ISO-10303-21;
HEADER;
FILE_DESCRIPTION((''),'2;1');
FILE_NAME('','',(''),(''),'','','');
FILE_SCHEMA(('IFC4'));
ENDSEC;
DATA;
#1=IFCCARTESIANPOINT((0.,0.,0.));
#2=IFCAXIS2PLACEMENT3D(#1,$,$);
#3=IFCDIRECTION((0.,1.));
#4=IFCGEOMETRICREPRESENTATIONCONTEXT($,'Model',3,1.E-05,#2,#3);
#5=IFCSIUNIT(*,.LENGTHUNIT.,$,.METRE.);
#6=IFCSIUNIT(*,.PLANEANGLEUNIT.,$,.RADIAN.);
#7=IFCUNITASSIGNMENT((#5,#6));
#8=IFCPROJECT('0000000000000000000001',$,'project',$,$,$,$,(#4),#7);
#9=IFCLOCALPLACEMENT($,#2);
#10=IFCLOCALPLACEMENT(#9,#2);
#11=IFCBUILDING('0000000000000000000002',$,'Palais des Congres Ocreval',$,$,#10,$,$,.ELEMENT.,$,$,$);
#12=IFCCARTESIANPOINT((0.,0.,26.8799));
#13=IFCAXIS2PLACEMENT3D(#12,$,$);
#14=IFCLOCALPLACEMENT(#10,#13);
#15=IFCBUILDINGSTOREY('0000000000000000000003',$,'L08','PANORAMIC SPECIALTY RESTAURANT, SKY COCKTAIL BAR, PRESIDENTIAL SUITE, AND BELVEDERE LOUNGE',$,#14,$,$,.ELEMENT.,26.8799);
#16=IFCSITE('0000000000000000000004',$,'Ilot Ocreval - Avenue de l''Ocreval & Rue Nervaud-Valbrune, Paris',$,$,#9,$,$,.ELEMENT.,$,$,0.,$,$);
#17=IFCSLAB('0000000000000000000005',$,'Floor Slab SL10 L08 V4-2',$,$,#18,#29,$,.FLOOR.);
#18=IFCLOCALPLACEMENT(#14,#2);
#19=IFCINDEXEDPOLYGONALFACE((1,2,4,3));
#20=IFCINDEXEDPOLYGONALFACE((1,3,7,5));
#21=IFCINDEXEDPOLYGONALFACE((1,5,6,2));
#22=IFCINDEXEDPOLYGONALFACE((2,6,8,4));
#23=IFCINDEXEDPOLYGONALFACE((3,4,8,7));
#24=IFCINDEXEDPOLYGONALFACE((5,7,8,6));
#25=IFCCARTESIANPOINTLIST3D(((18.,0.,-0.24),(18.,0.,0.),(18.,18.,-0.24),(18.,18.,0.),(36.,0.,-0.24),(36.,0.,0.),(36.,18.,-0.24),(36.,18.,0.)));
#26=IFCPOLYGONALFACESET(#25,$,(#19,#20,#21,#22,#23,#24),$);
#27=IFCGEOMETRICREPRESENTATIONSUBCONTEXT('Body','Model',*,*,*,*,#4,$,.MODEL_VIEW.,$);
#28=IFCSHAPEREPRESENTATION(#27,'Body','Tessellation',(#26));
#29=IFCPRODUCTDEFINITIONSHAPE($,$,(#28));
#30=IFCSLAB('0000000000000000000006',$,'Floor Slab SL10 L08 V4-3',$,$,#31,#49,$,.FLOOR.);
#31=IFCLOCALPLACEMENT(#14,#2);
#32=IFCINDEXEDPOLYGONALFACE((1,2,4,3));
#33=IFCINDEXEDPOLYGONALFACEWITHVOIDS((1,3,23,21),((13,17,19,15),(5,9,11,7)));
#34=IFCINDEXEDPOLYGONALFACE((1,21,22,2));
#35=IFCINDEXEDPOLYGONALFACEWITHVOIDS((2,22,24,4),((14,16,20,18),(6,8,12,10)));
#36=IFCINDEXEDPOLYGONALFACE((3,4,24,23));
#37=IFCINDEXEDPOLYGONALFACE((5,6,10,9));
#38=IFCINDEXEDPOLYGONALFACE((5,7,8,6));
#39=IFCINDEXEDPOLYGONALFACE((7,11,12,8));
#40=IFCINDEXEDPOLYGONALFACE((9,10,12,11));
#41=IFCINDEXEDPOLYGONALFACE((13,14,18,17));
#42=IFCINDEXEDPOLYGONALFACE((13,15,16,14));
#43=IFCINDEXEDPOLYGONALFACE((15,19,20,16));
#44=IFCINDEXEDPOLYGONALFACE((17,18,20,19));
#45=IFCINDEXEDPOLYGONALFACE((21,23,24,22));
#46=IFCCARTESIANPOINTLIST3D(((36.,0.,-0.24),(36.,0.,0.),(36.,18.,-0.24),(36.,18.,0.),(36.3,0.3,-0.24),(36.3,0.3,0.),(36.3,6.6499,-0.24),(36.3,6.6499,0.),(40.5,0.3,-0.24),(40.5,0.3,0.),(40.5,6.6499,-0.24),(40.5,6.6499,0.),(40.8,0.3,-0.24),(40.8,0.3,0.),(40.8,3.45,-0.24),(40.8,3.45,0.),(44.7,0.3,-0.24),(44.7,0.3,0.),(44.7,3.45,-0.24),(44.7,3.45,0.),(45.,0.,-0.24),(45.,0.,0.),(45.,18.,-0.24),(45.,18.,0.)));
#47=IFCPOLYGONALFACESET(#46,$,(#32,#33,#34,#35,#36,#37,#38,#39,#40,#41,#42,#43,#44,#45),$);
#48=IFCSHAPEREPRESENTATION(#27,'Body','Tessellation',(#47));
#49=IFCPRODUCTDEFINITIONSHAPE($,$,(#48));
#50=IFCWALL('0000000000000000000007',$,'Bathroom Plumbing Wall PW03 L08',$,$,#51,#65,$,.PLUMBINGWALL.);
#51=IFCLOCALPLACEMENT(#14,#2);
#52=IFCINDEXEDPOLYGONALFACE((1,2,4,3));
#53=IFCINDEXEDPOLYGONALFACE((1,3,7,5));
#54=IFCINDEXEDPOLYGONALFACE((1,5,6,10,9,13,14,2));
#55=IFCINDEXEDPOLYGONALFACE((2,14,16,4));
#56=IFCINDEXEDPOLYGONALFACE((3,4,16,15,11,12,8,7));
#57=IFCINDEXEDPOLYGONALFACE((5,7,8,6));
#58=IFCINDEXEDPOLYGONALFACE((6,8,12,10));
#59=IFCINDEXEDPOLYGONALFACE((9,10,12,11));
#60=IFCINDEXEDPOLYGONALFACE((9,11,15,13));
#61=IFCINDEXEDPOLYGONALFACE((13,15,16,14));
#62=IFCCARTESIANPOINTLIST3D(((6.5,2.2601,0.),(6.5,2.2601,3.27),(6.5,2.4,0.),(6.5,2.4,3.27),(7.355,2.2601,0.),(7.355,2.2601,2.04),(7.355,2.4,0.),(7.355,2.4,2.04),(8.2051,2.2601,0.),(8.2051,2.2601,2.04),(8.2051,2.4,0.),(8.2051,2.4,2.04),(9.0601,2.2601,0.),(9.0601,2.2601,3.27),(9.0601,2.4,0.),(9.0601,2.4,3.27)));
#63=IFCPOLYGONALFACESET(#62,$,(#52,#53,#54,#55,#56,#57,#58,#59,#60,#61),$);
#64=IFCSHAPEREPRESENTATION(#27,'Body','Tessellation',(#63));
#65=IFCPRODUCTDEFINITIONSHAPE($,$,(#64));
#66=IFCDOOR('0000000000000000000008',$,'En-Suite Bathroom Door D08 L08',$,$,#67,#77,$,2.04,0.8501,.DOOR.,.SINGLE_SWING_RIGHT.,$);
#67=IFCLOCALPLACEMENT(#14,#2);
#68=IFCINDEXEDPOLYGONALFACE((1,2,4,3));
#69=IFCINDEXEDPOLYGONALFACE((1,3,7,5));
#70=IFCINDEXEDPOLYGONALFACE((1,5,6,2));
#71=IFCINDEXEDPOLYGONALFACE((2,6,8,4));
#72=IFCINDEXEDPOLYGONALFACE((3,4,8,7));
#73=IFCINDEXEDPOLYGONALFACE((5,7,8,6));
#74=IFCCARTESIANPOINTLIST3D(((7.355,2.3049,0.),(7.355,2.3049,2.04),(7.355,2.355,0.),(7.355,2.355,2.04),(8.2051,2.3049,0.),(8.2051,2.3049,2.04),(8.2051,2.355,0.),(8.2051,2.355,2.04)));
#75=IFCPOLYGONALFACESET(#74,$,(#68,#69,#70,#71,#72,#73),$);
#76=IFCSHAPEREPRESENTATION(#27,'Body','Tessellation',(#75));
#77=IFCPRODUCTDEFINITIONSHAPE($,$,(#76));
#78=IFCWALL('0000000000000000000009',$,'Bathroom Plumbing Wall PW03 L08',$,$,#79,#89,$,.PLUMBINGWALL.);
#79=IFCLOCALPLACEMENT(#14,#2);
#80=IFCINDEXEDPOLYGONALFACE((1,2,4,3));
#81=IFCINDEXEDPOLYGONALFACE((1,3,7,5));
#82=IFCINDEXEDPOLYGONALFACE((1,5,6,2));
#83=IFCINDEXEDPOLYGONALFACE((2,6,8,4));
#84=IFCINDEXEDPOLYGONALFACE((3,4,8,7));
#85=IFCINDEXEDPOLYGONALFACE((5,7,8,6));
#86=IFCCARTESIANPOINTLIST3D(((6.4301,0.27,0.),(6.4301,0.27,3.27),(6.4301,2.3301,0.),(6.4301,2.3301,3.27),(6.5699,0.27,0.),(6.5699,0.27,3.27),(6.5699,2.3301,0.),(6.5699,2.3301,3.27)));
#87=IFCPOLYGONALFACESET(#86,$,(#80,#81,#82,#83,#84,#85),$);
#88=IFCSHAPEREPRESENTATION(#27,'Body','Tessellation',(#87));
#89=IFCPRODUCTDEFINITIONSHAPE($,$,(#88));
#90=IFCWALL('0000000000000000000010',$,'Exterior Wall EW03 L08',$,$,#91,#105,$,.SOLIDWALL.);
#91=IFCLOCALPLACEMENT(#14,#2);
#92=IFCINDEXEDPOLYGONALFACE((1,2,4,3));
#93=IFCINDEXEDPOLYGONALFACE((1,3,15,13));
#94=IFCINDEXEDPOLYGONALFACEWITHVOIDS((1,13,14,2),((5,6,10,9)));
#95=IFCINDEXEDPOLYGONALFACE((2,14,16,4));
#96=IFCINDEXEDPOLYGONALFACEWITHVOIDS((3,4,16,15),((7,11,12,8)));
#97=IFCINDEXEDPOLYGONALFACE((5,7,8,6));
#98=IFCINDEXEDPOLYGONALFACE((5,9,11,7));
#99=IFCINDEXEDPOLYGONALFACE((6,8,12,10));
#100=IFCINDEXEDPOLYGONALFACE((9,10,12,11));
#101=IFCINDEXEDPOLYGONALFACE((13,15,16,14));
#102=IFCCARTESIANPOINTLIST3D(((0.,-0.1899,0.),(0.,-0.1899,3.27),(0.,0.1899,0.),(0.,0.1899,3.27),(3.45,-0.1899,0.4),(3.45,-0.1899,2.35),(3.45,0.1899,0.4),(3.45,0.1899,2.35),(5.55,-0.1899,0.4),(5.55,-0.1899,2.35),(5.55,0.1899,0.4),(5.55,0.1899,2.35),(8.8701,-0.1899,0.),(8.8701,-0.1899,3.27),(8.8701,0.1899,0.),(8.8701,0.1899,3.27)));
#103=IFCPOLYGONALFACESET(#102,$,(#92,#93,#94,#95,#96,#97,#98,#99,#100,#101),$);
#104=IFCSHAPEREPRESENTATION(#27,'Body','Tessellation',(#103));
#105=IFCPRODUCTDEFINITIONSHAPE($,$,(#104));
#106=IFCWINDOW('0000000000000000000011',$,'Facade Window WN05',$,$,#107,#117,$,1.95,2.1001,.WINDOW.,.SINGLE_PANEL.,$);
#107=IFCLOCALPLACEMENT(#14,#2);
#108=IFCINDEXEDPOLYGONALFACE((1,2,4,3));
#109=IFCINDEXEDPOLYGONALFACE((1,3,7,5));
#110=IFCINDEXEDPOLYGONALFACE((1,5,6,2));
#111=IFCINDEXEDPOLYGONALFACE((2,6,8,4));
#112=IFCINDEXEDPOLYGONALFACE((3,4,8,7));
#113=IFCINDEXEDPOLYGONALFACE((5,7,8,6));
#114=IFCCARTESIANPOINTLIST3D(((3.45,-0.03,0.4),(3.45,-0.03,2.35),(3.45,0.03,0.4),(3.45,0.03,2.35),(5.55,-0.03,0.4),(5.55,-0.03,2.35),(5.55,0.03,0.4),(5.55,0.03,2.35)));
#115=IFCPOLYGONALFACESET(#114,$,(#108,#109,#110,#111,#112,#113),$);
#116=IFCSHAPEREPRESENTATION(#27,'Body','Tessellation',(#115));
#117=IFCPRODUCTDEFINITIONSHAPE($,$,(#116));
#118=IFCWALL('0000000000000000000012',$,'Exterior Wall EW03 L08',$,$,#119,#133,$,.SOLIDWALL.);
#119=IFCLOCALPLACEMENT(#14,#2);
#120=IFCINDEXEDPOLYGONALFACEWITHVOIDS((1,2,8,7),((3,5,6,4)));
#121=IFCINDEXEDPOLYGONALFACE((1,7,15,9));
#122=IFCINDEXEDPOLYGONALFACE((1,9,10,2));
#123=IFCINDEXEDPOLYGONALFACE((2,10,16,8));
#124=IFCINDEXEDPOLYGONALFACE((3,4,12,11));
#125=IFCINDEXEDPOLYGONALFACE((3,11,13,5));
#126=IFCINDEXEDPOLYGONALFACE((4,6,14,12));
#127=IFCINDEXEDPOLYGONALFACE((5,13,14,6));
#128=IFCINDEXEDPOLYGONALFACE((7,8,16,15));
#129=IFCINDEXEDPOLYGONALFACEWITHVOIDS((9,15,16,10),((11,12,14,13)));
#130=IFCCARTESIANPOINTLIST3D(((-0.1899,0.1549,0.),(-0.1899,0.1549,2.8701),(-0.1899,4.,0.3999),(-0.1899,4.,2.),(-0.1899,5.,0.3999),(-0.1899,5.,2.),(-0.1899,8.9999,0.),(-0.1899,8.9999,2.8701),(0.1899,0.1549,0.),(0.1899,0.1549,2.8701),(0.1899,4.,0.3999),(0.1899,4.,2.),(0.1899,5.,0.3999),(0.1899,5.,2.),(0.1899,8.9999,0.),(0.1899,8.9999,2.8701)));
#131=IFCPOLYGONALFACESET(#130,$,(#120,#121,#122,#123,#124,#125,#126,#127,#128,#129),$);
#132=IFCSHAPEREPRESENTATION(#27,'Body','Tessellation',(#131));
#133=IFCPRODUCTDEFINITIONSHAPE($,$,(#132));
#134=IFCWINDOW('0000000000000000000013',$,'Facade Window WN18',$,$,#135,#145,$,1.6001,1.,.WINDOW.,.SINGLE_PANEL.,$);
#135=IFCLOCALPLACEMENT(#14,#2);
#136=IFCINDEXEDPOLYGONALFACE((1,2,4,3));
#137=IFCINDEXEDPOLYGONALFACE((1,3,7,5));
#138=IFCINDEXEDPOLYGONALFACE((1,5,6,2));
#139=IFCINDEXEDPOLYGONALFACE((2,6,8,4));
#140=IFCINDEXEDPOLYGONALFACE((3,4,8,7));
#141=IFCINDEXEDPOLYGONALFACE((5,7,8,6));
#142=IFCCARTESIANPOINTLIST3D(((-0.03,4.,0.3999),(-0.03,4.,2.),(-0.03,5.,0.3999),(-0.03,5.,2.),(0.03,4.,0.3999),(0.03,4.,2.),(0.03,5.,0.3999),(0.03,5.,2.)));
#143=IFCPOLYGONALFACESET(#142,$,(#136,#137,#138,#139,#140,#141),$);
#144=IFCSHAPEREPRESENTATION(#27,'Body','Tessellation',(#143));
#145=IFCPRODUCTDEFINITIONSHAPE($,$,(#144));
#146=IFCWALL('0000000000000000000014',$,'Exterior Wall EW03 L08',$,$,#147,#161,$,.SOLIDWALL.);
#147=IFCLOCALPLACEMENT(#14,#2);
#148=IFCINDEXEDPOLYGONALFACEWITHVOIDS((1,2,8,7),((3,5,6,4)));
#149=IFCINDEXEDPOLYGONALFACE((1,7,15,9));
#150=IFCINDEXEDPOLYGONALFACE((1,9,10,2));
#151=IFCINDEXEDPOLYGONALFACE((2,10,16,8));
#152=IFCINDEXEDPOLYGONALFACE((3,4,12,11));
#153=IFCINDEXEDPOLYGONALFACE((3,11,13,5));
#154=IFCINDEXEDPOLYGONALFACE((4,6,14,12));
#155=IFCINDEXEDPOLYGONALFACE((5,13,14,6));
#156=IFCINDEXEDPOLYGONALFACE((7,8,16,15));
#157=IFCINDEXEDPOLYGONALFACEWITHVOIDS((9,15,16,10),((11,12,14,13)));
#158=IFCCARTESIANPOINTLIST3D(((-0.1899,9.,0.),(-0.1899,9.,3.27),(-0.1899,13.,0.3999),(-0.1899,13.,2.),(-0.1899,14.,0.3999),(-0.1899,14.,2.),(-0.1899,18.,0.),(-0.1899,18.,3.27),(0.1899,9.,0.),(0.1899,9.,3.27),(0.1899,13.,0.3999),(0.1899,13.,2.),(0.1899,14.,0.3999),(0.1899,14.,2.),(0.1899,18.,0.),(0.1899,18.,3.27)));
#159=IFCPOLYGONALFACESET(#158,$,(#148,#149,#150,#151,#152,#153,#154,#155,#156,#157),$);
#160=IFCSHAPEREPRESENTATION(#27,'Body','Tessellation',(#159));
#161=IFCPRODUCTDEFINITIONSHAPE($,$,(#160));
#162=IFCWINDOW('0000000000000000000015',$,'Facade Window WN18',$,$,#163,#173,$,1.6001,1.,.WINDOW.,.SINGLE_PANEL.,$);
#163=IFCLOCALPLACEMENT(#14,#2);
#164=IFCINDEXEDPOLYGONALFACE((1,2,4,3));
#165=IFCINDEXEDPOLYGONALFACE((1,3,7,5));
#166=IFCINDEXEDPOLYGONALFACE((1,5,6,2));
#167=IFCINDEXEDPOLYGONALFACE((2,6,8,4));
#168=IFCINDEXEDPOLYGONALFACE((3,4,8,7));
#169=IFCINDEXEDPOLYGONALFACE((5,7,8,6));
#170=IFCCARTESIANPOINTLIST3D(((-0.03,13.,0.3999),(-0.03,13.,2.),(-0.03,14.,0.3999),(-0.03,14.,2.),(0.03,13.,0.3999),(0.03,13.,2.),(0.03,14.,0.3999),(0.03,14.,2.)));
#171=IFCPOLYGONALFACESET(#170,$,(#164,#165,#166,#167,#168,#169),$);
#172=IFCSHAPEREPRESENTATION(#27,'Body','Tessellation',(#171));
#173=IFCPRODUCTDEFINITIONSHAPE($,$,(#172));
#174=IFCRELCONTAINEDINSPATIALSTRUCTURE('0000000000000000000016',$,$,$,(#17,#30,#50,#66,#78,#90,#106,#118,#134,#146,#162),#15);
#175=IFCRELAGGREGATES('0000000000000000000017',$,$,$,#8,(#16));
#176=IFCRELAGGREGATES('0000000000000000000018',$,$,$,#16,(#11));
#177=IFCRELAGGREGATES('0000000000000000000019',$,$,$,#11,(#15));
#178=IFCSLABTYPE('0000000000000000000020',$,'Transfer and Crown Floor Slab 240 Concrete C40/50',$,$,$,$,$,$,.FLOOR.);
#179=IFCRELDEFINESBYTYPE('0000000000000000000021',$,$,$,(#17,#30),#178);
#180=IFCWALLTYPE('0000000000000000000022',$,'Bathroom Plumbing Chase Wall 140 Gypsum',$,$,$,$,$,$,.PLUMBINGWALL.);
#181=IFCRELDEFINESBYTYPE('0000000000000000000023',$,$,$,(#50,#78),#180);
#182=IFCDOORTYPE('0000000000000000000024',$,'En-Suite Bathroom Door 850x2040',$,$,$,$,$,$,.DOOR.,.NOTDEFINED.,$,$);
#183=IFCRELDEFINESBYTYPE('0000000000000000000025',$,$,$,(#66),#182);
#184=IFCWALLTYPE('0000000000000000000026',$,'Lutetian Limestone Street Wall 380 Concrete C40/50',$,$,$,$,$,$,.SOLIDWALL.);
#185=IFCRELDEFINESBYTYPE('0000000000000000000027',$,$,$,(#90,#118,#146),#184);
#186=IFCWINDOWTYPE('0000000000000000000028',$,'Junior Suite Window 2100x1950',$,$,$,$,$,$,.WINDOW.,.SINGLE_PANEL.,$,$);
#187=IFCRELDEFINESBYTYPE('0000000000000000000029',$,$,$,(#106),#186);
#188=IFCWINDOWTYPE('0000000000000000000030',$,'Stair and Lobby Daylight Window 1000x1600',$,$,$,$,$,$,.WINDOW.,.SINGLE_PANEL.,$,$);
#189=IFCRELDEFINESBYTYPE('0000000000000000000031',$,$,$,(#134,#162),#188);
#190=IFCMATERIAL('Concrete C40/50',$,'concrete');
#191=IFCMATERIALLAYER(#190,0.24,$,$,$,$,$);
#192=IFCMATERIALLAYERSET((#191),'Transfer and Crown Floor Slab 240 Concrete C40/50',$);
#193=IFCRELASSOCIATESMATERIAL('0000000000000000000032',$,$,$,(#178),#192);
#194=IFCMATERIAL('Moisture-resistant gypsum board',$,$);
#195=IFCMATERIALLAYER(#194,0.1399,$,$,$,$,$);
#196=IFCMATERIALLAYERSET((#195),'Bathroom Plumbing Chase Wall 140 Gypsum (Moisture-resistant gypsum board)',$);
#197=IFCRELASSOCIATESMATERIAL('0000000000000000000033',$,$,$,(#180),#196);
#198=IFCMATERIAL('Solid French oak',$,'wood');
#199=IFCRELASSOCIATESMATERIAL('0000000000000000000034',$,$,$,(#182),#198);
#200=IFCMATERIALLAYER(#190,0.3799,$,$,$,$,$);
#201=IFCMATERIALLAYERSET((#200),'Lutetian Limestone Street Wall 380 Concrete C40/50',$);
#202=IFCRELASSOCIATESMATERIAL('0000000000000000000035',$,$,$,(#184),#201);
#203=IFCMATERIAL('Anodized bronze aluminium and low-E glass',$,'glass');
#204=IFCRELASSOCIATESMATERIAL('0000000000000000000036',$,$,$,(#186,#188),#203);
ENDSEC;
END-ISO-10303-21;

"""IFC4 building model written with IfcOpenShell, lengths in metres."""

from ifc_helpers import new_model, si_unit, direction, frame, frame_2d, origin, place, context, subcontext, project, spatial, polyline, rectangle, outline, extrude, material, layer, layer_set, type_object, element, fill, save


model = new_model("IFC4")

# Units and contexts
model_context = context("Model", 3, precision=1e-05, world=origin(), true_north=direction((0.0, 1.0)))
body_context = subcontext(model_context, "Body", "Model", "MODEL_VIEW")
ifc_project = project(units=[si_unit("LENGTHUNIT", "METRE"), si_unit("PLANEANGLEUNIT", "RADIAN")], contexts=[model_context])

# Site, building, storey
site_placement = place(None, origin())
site = spatial("IfcSite", under=ifc_project, at=site_placement, Name="Ilot Ocreval - Avenue de l'Ocreval & Rue Nervaud-Valbrune, Paris", CompositionType="ELEMENT", RefElevation=0.0)
building_placement = place(site_placement, origin())
building = spatial("IfcBuilding", under=site, at=building_placement, Name="Palais des Congres Ocreval", CompositionType="ELEMENT")
storey_placement = place(building_placement, frame((0.0, 0.0, 26.8799)))
storey = spatial("IfcBuildingStorey", under=building, at=storey_placement, Name="L08", Description="PANORAMIC SPECIALTY RESTAURANT, SKY COCKTAIL BAR, PRESIDENTIAL SUITE, AND BELVEDERE LOUNGE", CompositionType="ELEMENT", Elevation=26.8799)

# Slabs
ifc_material_1 = material(Name="Concrete C40/50", Category="concrete")
ifc_layer_1 = layer(ifc_material_1, 0.24)
ifc_layer_set_1 = layer_set([ifc_layer_1], Name="Transfer and Crown Floor Slab 240 Concrete C40/50")
slab_type_1 = type_object("IfcSlabType", Name="Transfer and Crown Floor Slab 240 Concrete C40/50", PredefinedType="FLOOR", material=ifc_layer_set_1)
slab_1_placement = place(storey_placement, frame((0.0, 0.0, -0.24)))
element("IfcSlab", 1, at=slab_1_placement, inside=storey, type_object=slab_type_1, Name="Floor Slab SL10 L08 V4-2", PredefinedType="FLOOR", context=body_context, shape_type="SweptSolid", body=[
    extrude(outline(polyline([(18.0, 0.0), (18.0, 18.0), (36.0, 18.0), (36.0, 0.0), (18.0, 0.0)])), origin(), (0.0, 0.0, 1.0), 0.24),
])
slab_2_placement = place(storey_placement, frame((0.0, 0.0, -0.24)))
element("IfcSlab", 2, at=slab_2_placement, inside=storey, type_object=slab_type_1, Name="Floor Slab SL10 L08 V4-3", PredefinedType="FLOOR", context=body_context, shape_type="SweptSolid", body=[
    extrude(outline(polyline([(36.0, 0.0), (36.0, 18.0), (45.0, 18.0), (45.0, 0.0), (36.0, 0.0)]), holes=[polyline([(40.8, 0.3), (44.7, 0.3), (44.7, 3.45), (40.8, 3.45), (40.8, 0.3)]), polyline([(40.5, 0.3), (40.5, 6.6499), (36.3, 6.6499), (36.3, 0.3), (40.5, 0.3)])]), origin(), (0.0, 0.0, 1.0), 0.24),
])

# Wall, opening, door
ifc_material_2 = material(Name="Moisture-resistant gypsum board")
ifc_layer_2 = layer(ifc_material_2, 0.1399)
ifc_layer_set_2 = layer_set([ifc_layer_2], Name="Bathroom Plumbing Chase Wall 140 Gypsum (Moisture-resistant gypsum board)")
wall_type_1 = type_object("IfcWallType", Name="Bathroom Plumbing Chase Wall 140 Gypsum", PredefinedType="PLUMBINGWALL", material=ifc_layer_set_2)
wall_1_placement = place(storey_placement, frame((6.5, 2.3301, 0.0), z_axis=(0.0, 0.0, 1.0), x_axis=(1.0, 0.0, 0.0)))
wall_1 = element("IfcWall", 3, at=wall_1_placement, inside=storey, type_object=wall_type_1, Name="Bathroom Plumbing Wall PW03 L08", PredefinedType="PLUMBINGWALL", context=body_context, shape_type="SweptSolid", body=[
    extrude(rectangle(XDim=2.5601, YDim=0.1399, at=frame_2d((1.28, 0.0))), origin(), (0.0, 0.0, 1.0), 3.27),
])
opening_1_placement = place(wall_1_placement, frame((0.855, 0.0, 0.0)))
opening_1 = element("IfcOpeningElement", 4, at=opening_1_placement, cuts=wall_1, PredefinedType="OPENING", context=body_context, shape_type="SweptSolid", body=[
    extrude(rectangle(XDim=0.8501, YDim=2.04, at=frame_2d((0.425, 1.02))), frame((0.0, 0.0798, 0.0), z_axis=(0.0, -1.0, 0.0), x_axis=(1.0, 0.0, 0.0)), (0.0, 0.0, 1.0), 0.1599),
])
ifc_material_3 = material(Name="Solid French oak", Category="wood")
door_type = type_object("IfcDoorType", Name="En-Suite Bathroom Door 850x2040", OperationType="NOTDEFINED", PredefinedType="DOOR", material=ifc_material_3)
door_placement = place(opening_1_placement, origin())
door = element("IfcDoor", 5, at=door_placement, inside=storey, type_object=door_type, Name="En-Suite Bathroom Door D08 L08", OperationType="SINGLE_SWING_RIGHT", OverallHeight=2.04, OverallWidth=0.8501, PredefinedType="DOOR", context=body_context, shape_type="SweptSolid", body=[
    extrude(rectangle(XDim=0.8501, YDim=2.04, at=frame_2d((0.425, 1.02))), frame((0.0, 0.0249, 0.0), z_axis=(0.0, -1.0, 0.0), x_axis=(1.0, 0.0, 0.0)), (0.0, 0.0, 1.0), 0.05),
])
fill(opening_1, door)

# Wall
wall_2_placement = place(storey_placement, frame((6.5, 0.27, 0.0), z_axis=(0.0, 0.0, 1.0), x_axis=(0.0, 1.0, 0.0)))
element("IfcWall", 6, at=wall_2_placement, inside=storey, type_object=wall_type_1, Name="Bathroom Plumbing Wall PW03 L08", PredefinedType="PLUMBINGWALL", context=body_context, shape_type="SweptSolid", body=[
    extrude(rectangle(XDim=2.0601, YDim=0.1399, at=frame_2d((1.03, 0.0))), origin(), (0.0, 0.0, 1.0), 3.27),
])

# Walls, openings, windows
ifc_layer_3 = layer(ifc_material_1, 0.3799)
ifc_layer_set_3 = layer_set([ifc_layer_3], Name="Lutetian Limestone Street Wall 380 Concrete C40/50")
wall_type_2 = type_object("IfcWallType", Name="Lutetian Limestone Street Wall 380 Concrete C40/50", PredefinedType="SOLIDWALL", material=ifc_layer_set_3)
wall_3_placement = place(storey_placement, frame((8.8701, 0.0, 0.0), z_axis=(0.0, 0.0, 1.0), x_axis=(-1.0, 0.0, 0.0)))
wall_3 = element("IfcWall", 7, at=wall_3_placement, inside=storey, type_object=wall_type_2, Name="Exterior Wall EW03 L08", PredefinedType="SOLIDWALL", context=body_context, shape_type="SweptSolid", body=[
    extrude(rectangle(XDim=8.8701, YDim=0.3799, at=frame_2d((4.4351, 0.0))), origin(), (0.0, 0.0, 1.0), 3.27),
])
opening_2_placement = place(wall_3_placement, frame((3.3201, 0.0, 0.3999)))
opening_2 = element("IfcOpeningElement", 8, at=opening_2_placement, cuts=wall_3, PredefinedType="OPENING", context=body_context, shape_type="SweptSolid", body=[
    extrude(rectangle(XDim=2.1001, YDim=1.95, at=frame_2d((1.05, 0.9751))), frame((0.0, 0.2, 0.0), z_axis=(0.0, -1.0, 0.0), x_axis=(1.0, 0.0, 0.0)), (0.0, 0.0, 1.0), 0.3999),
])
ifc_material_4 = material(Name="Anodized bronze aluminium and low-E glass", Category="glass")
window_type_1 = type_object("IfcWindowType", Name="Junior Suite Window 2100x1950", PartitioningType="SINGLE_PANEL", PredefinedType="WINDOW", material=ifc_material_4)
window_1_placement = place(opening_2_placement, origin())
window_1 = element("IfcWindow", 9, at=window_1_placement, inside=storey, type_object=window_type_1, Name="Facade Window WN05", OverallHeight=1.95, OverallWidth=2.1001, PartitioningType="SINGLE_PANEL", PredefinedType="WINDOW", context=body_context, shape_type="SweptSolid", body=[
    extrude(rectangle(XDim=2.1001, YDim=1.95, at=frame_2d((1.05, 0.9751))), frame((0.0, 0.03, 0.0), z_axis=(0.0, -1.0, 0.0), x_axis=(1.0, 0.0, 0.0)), (0.0, 0.0, 1.0), 0.0601),
])
fill(opening_2, window_1)
wall_4_placement = place(storey_placement, frame((0.0, 0.155, 0.0), z_axis=(0.0, 0.0, 1.0), x_axis=(0.0, 1.0, 0.0)))
wall_4 = element("IfcWall", 10, at=wall_4_placement, inside=storey, type_object=wall_type_2, Name="Exterior Wall EW03 L08", PredefinedType="SOLIDWALL", context=body_context, shape_type="SweptSolid", body=[
    extrude(rectangle(XDim=8.845, YDim=0.3799, at=frame_2d((4.4224, 0.0))), origin(), (0.0, 0.0, 1.0), 2.8701),
])
opening_3_placement = place(wall_4_placement, frame((3.845, 0.0, 0.3999)))
opening_3 = element("IfcOpeningElement", 11, at=opening_3_placement, cuts=wall_4, PredefinedType="OPENING", context=body_context, shape_type="SweptSolid", body=[
    extrude(rectangle(XDim=1.0, YDim=1.6001, at=frame_2d((0.5, 0.8))), frame((0.0, 0.2, 0.0), z_axis=(0.0, -1.0, 0.0), x_axis=(1.0, 0.0, 0.0)), (0.0, 0.0, 1.0), 0.3999),
])
window_type_2 = type_object("IfcWindowType", Name="Stair and Lobby Daylight Window 1000x1600", PartitioningType="SINGLE_PANEL", PredefinedType="WINDOW", material=ifc_material_4)
window_2_placement = place(opening_3_placement, origin())
window_2 = element("IfcWindow", 12, at=window_2_placement, inside=storey, type_object=window_type_2, Name="Facade Window WN18", OverallHeight=1.6001, OverallWidth=1.0, PartitioningType="SINGLE_PANEL", PredefinedType="WINDOW", context=body_context, shape_type="SweptSolid", body=[
    extrude(rectangle(XDim=1.0, YDim=1.6001, at=frame_2d((0.5, 0.8))), frame((0.0, 0.03, 0.0), z_axis=(0.0, -1.0, 0.0), x_axis=(1.0, 0.0, 0.0)), (0.0, 0.0, 1.0), 0.0601),
])
fill(opening_3, window_2)
wall_5_placement = place(storey_placement, frame((0.0, 9.0, 0.0), z_axis=(0.0, 0.0, 1.0), x_axis=(0.0, 1.0, 0.0)))
wall_5 = element("IfcWall", 13, at=wall_5_placement, inside=storey, type_object=wall_type_2, Name="Exterior Wall EW03 L08", PredefinedType="SOLIDWALL", context=body_context, shape_type="SweptSolid", body=[
    extrude(rectangle(XDim=9.0, YDim=0.3799, at=frame_2d((4.5, 0.0))), origin(), (0.0, 0.0, 1.0), 3.27),
])
opening_4_placement = place(wall_5_placement, frame((4.0, 0.0, 0.3999)))
opening_4 = element("IfcOpeningElement", 14, at=opening_4_placement, cuts=wall_5, PredefinedType="OPENING", context=body_context, shape_type="SweptSolid", body=[
    extrude(rectangle(XDim=1.0, YDim=1.6001, at=frame_2d((0.5, 0.8))), frame((0.0, 0.2, 0.0), z_axis=(0.0, -1.0, 0.0), x_axis=(1.0, 0.0, 0.0)), (0.0, 0.0, 1.0), 0.3999),
])
window_3_placement = place(opening_4_placement, origin())
window_3 = element("IfcWindow", 15, at=window_3_placement, inside=storey, type_object=window_type_2, Name="Facade Window WN18", OverallHeight=1.6001, OverallWidth=1.0, PartitioningType="SINGLE_PANEL", PredefinedType="WINDOW", context=body_context, shape_type="SweptSolid", body=[
    extrude(rectangle(XDim=1.0, YDim=1.6001, at=frame_2d((0.5, 0.8))), frame((0.0, 0.03, 0.0), z_axis=(0.0, -1.0, 0.0), x_axis=(1.0, 0.0, 0.0)), (0.0, 0.0, 1.0), 0.0601),
])
fill(opening_4, window_3)

save(model, "model.ifc")
